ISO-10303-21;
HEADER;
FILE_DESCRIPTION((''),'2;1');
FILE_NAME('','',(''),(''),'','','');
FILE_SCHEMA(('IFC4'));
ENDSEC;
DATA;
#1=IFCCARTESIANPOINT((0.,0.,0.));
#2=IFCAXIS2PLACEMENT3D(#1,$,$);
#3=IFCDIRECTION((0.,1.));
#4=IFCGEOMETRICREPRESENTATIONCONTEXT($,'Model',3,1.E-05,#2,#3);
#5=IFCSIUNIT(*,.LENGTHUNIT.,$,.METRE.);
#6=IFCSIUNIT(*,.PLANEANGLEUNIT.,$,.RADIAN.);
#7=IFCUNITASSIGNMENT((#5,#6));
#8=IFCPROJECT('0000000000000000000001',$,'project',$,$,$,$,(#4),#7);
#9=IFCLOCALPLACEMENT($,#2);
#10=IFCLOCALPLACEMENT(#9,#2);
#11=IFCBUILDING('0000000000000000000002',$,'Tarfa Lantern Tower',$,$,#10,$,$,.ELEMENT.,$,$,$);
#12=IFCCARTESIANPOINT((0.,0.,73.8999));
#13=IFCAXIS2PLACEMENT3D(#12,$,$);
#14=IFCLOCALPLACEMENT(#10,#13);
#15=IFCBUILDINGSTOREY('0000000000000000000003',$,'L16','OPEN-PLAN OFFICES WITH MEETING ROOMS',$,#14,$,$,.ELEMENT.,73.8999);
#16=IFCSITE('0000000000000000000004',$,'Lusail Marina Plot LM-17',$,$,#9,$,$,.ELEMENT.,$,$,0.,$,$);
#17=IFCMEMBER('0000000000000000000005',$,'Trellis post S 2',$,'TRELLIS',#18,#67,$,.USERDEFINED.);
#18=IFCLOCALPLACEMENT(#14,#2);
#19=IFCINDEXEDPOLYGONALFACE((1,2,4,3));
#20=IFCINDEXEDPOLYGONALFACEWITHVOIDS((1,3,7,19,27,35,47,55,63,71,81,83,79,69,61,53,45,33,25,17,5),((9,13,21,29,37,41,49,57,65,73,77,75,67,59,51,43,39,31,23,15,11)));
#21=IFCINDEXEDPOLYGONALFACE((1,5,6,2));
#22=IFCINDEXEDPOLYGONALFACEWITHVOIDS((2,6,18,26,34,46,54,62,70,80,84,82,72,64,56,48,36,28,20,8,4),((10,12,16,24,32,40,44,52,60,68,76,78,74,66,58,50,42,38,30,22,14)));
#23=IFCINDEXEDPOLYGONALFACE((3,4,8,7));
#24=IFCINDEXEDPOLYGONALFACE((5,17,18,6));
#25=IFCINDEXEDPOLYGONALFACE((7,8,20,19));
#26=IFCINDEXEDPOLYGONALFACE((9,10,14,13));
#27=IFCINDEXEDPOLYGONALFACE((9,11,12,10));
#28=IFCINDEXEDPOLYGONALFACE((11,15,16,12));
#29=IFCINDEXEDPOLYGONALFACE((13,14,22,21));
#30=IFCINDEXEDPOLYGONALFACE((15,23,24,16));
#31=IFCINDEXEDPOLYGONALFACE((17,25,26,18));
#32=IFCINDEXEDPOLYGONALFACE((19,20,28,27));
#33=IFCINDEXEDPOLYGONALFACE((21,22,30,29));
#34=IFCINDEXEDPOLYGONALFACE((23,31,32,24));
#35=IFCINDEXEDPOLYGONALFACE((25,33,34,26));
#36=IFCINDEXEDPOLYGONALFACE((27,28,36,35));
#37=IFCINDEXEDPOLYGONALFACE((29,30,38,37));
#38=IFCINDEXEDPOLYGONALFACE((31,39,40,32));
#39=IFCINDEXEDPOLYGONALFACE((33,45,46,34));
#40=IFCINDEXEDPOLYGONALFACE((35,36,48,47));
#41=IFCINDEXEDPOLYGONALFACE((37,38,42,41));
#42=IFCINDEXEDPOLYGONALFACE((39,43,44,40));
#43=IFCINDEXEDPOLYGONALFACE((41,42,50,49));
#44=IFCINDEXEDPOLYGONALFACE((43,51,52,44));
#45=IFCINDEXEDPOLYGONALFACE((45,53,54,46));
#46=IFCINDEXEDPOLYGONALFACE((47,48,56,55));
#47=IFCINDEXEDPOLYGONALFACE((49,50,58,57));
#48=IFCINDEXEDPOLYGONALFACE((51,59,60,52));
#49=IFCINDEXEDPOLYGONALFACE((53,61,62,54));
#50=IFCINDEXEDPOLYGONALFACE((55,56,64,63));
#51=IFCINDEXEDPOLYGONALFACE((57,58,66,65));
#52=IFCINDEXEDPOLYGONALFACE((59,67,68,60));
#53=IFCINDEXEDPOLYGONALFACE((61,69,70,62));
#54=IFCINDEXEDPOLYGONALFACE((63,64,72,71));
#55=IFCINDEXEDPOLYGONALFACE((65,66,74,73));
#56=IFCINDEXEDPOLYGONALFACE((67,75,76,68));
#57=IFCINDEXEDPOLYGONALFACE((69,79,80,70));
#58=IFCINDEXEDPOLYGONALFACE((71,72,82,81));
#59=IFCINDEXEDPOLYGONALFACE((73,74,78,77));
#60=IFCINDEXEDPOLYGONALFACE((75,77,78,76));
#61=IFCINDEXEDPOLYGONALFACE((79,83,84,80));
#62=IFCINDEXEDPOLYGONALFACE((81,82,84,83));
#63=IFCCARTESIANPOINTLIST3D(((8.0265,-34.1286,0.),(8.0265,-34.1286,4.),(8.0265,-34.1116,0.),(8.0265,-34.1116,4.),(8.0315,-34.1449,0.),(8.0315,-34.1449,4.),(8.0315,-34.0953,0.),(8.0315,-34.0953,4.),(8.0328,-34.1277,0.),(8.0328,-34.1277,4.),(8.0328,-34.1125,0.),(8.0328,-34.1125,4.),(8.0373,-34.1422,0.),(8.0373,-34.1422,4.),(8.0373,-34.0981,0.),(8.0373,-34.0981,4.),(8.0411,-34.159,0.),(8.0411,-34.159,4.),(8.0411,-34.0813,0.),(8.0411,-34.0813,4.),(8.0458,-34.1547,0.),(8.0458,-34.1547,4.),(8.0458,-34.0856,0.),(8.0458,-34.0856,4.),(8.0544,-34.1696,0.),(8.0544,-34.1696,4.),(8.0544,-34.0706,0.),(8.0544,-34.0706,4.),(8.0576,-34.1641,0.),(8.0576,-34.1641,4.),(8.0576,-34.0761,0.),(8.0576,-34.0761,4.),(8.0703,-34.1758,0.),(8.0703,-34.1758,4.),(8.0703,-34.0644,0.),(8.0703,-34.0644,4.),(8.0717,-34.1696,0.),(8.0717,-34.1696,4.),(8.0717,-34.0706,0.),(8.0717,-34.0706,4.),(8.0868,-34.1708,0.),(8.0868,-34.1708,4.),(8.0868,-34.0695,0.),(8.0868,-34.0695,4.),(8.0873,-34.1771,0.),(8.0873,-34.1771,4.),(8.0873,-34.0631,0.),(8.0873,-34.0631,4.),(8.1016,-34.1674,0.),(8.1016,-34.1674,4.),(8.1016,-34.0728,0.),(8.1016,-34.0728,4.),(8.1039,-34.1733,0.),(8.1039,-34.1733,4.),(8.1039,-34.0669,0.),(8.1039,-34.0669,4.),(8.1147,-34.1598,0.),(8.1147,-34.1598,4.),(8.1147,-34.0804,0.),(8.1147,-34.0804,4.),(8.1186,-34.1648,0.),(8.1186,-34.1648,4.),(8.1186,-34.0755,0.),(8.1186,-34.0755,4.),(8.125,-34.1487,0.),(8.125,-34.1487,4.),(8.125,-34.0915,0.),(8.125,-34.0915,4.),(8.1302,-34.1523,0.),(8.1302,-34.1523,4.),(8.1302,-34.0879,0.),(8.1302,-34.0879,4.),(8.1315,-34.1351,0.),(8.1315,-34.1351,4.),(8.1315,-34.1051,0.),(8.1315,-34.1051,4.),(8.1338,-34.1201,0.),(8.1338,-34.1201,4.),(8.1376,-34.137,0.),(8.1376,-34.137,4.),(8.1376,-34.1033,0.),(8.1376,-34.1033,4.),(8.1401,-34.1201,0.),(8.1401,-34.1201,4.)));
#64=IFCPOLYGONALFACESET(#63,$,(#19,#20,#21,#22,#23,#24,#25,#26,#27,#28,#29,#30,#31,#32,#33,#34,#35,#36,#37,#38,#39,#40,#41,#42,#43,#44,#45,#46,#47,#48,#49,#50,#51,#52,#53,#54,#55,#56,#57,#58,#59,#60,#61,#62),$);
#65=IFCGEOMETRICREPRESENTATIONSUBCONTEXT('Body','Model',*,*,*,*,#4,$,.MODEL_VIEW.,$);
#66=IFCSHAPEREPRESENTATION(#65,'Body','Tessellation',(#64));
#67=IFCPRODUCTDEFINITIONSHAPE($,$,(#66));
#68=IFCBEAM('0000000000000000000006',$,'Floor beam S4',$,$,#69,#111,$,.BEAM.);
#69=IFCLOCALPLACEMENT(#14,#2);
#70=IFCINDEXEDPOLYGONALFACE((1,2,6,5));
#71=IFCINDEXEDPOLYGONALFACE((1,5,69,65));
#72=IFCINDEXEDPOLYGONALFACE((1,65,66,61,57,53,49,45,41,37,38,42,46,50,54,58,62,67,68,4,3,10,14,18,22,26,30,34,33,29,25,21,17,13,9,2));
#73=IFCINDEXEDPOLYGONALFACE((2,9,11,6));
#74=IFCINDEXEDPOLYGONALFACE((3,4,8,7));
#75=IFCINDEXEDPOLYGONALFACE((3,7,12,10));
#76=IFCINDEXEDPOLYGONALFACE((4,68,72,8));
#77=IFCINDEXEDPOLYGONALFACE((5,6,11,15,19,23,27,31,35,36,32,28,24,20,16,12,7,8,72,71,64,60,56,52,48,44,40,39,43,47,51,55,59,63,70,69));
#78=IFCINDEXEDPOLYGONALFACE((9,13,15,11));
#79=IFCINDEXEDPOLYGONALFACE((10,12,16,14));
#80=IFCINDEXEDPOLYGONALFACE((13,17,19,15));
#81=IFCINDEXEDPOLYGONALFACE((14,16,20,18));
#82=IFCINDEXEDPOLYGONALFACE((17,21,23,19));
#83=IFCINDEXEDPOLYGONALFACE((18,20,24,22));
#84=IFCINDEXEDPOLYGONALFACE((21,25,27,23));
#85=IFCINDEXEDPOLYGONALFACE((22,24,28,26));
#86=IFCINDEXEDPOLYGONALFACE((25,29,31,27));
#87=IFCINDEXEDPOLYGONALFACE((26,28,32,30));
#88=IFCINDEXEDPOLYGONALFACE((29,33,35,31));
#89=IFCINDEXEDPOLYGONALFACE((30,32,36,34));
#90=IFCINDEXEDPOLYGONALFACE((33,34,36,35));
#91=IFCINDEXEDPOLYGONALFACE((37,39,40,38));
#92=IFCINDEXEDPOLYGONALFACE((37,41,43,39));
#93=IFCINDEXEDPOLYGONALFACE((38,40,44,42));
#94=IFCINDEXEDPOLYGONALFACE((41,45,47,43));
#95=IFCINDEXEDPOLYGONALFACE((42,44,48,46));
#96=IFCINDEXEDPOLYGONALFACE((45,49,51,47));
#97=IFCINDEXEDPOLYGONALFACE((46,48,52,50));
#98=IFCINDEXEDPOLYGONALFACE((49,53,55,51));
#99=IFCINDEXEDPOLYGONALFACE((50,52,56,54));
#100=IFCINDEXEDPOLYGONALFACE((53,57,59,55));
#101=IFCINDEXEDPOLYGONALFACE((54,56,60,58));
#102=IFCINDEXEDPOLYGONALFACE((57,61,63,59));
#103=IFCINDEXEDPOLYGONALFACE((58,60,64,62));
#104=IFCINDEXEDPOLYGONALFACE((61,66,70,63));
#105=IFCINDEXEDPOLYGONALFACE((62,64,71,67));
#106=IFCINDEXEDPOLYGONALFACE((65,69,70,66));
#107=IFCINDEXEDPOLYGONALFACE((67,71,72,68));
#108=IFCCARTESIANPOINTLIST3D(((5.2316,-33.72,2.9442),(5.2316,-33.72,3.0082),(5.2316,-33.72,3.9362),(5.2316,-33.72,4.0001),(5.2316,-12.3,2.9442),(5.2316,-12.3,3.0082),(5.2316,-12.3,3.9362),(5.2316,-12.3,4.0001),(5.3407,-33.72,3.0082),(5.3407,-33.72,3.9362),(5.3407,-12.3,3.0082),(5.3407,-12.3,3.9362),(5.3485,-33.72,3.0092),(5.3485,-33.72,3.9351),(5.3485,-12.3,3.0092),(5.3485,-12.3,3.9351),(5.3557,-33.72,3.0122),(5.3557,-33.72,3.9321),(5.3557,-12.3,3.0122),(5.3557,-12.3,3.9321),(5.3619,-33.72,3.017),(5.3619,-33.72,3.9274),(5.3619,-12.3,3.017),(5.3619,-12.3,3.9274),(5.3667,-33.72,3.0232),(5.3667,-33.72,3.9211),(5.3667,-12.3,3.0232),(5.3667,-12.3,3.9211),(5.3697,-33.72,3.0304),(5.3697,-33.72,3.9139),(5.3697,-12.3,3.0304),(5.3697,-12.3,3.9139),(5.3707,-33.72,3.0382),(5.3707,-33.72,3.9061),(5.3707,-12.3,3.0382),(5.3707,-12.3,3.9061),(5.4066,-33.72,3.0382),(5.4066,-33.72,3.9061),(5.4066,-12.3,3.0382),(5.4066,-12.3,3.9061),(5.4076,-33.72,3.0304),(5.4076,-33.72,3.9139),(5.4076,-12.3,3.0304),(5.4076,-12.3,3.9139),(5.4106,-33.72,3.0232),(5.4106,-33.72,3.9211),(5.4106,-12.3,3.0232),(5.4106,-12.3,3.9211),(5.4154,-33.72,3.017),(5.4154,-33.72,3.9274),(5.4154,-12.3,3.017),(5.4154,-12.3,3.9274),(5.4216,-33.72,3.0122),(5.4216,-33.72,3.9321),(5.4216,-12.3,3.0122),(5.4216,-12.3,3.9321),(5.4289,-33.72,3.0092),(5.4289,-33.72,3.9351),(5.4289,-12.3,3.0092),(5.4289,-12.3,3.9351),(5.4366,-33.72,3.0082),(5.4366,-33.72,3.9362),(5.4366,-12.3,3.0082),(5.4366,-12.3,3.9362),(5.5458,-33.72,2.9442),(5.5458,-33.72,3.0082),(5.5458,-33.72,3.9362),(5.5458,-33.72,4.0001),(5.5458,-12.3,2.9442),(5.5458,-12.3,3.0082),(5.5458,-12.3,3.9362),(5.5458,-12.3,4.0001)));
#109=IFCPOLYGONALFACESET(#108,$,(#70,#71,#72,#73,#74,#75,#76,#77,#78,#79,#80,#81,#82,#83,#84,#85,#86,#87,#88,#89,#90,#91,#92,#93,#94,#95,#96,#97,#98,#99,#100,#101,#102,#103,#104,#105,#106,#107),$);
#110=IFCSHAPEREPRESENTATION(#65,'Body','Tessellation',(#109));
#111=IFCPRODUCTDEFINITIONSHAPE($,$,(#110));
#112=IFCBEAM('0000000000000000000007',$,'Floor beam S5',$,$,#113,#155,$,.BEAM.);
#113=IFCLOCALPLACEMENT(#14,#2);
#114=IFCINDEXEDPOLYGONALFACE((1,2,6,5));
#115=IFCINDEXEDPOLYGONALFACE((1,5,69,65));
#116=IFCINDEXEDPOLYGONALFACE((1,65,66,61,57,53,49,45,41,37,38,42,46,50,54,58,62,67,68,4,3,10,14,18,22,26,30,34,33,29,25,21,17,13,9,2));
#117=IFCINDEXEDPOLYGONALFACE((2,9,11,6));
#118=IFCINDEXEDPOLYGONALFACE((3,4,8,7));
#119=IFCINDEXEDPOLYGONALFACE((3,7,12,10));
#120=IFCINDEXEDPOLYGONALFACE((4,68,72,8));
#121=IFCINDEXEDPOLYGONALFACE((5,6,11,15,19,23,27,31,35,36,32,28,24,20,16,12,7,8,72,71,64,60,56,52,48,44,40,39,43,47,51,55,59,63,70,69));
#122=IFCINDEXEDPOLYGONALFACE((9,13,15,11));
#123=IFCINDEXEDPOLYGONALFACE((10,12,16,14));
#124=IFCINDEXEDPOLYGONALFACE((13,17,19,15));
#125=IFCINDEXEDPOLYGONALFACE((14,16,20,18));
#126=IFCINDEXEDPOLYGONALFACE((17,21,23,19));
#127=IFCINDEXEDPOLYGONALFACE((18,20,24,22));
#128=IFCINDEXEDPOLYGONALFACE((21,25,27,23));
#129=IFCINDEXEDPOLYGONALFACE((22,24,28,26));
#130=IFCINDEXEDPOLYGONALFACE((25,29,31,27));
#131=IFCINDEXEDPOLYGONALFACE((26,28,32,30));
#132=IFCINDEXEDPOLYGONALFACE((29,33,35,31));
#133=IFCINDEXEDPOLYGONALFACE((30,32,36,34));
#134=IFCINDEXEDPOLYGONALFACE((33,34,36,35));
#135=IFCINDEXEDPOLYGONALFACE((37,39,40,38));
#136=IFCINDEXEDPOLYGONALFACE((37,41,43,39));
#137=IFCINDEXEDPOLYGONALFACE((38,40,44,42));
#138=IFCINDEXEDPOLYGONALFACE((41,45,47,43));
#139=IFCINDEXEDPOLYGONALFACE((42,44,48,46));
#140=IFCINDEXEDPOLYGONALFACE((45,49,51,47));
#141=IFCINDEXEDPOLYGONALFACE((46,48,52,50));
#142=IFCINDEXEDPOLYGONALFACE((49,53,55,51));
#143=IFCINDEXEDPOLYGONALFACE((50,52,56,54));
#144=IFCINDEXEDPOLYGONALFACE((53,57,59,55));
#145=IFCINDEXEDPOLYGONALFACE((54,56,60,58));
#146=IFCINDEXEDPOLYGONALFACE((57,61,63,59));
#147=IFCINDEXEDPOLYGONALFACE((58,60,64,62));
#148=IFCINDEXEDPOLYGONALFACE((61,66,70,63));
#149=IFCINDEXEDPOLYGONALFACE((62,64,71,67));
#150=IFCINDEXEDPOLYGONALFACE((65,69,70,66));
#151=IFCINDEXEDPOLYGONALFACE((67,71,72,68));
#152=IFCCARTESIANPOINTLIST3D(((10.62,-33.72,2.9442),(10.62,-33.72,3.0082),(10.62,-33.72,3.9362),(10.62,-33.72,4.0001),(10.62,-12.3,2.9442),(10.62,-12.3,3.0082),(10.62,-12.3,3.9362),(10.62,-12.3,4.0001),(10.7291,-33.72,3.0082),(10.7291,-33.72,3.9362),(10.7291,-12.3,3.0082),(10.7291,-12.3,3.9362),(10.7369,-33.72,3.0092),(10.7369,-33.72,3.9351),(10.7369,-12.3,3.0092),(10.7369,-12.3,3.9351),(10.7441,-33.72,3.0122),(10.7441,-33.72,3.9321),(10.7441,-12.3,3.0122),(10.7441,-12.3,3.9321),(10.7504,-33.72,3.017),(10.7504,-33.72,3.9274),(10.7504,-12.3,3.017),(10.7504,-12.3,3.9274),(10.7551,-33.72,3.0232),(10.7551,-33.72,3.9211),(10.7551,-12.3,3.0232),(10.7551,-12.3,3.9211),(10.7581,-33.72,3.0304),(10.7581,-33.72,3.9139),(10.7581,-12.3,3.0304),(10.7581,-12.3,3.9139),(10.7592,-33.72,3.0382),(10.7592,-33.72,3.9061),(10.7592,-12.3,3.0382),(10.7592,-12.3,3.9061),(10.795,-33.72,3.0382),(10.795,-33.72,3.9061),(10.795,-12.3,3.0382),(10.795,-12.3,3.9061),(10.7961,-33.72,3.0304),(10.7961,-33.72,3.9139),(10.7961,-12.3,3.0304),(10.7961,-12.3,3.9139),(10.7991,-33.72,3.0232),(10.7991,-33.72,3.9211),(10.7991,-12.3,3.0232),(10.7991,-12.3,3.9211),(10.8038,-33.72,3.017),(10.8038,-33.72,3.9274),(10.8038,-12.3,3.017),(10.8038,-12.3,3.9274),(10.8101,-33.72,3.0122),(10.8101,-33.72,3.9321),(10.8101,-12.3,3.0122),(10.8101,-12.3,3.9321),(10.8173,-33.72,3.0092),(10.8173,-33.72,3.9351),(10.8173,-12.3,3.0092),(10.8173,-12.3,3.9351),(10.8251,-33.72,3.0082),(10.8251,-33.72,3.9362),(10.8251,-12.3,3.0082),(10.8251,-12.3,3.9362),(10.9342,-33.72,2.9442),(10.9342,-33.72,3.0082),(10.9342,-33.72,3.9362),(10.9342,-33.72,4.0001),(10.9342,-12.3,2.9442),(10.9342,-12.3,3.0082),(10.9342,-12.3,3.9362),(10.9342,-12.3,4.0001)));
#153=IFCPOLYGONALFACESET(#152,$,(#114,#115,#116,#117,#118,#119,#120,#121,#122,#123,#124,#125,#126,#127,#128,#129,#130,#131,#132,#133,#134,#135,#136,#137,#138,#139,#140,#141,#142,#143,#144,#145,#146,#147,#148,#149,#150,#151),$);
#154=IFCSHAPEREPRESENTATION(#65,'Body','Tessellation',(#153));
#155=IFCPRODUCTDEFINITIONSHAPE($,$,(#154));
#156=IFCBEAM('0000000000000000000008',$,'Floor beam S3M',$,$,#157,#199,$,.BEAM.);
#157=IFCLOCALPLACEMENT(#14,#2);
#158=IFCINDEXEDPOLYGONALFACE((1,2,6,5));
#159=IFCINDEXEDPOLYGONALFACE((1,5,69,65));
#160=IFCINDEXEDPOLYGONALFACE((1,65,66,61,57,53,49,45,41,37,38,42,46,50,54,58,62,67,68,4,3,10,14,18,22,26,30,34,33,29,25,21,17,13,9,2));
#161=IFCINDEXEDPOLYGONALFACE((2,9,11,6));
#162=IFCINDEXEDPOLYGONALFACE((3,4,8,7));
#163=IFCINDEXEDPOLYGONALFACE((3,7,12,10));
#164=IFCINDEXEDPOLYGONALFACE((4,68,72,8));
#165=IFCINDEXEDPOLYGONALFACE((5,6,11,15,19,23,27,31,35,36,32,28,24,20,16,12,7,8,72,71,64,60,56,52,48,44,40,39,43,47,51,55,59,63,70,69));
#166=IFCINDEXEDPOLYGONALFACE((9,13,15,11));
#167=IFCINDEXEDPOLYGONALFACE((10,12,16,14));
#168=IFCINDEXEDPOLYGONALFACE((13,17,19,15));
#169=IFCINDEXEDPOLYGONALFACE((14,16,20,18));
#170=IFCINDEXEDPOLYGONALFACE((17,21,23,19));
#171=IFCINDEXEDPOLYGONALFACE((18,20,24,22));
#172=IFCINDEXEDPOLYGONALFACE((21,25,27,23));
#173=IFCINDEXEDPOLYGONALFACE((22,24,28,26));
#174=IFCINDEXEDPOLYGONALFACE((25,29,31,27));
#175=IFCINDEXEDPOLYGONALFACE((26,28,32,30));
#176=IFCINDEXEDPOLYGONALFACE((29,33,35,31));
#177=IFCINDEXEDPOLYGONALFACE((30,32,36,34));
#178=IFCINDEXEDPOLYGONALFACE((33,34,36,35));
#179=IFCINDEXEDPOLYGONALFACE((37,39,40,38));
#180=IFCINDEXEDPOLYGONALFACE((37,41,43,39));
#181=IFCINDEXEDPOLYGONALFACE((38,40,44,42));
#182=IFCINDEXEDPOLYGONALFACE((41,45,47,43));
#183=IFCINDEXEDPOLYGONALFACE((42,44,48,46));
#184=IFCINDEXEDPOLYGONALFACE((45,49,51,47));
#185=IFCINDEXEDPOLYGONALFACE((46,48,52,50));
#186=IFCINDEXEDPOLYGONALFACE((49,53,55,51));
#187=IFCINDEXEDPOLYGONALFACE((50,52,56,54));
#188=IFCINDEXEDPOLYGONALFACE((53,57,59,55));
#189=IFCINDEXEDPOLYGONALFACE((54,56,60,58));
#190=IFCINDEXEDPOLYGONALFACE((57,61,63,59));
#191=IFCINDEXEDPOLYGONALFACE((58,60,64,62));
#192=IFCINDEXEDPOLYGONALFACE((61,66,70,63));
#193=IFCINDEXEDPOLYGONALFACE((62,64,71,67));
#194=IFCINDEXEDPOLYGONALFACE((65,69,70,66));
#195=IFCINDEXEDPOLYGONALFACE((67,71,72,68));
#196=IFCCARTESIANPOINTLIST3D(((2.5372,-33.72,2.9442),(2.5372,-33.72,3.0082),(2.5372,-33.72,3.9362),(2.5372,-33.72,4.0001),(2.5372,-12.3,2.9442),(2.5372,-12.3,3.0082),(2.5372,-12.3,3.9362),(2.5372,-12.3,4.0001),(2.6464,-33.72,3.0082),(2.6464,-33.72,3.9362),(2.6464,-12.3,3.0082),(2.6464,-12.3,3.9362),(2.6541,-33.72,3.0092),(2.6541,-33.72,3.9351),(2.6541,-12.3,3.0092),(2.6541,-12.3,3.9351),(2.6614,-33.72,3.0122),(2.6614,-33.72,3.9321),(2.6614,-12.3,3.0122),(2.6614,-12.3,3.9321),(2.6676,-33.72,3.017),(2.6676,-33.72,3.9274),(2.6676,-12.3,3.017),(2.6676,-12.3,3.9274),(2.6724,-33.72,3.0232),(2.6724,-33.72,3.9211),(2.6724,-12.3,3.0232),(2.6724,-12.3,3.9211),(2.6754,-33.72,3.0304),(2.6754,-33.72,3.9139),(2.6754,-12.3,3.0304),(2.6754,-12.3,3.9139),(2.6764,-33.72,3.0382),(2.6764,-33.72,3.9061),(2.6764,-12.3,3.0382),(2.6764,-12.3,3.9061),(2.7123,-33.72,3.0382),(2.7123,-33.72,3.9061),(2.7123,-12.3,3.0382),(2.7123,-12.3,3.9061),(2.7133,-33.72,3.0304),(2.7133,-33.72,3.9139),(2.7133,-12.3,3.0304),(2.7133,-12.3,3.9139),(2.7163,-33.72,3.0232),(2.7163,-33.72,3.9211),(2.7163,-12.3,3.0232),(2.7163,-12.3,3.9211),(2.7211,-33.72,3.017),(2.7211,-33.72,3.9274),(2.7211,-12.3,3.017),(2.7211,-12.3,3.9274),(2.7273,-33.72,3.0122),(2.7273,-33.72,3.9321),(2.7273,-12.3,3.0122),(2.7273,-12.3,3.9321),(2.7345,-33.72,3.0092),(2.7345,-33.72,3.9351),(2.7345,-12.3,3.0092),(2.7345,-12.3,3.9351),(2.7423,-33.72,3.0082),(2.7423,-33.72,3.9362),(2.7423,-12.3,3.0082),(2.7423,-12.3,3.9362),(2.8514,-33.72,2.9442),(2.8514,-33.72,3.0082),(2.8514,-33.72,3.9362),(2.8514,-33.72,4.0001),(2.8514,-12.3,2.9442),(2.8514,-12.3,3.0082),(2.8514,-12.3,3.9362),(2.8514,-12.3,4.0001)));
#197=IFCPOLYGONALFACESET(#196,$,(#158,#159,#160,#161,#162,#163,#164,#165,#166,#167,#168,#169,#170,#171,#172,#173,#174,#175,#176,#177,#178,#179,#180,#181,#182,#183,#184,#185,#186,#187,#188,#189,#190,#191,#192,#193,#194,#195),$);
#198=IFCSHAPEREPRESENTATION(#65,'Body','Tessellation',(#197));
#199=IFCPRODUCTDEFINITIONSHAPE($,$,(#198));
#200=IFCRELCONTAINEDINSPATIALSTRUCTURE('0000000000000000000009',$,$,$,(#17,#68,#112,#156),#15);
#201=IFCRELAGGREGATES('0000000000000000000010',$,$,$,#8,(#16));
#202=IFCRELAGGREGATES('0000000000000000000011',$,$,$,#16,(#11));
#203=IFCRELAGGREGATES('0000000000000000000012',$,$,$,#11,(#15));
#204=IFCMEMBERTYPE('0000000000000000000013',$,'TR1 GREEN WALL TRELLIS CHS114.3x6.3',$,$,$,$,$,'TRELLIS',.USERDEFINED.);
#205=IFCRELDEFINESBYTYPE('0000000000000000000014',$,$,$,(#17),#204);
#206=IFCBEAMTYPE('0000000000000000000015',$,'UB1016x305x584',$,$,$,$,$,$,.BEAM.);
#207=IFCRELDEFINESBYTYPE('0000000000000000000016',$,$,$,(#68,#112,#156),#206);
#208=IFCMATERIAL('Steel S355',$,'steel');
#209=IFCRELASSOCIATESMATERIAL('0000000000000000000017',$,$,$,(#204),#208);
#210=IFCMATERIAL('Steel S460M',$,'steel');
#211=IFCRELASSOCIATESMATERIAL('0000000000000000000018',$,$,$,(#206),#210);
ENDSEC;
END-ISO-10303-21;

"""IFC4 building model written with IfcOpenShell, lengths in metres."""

from ifc_helpers import new_model, si_unit, direction, frame, origin, origin_2d, place, context, subcontext, project, spatial, hollow_circle, i_section, extrude, material, material_profile, profile_set, type_object, element, save


model = new_model("IFC4")

# Units and contexts
model_context = context("Model", 3, precision=1e-05, world=origin(), true_north=direction((0.0, 1.0)))
body_context = subcontext(model_context, "Body", "Model", "MODEL_VIEW")
ifc_project = project(units=[si_unit("LENGTHUNIT", "METRE"), si_unit("PLANEANGLEUNIT", "RADIAN")], contexts=[model_context])

# Site, building, storey
site_placement = place(None, origin())
site = spatial("IfcSite", under=ifc_project, at=site_placement, Name="Lusail Marina Plot LM-17", CompositionType="ELEMENT", RefElevation=0.0)
building_placement = place(site_placement, origin())
building = spatial("IfcBuilding", under=site, at=building_placement, Name="Tarfa Lantern Tower", CompositionType="ELEMENT")
storey_placement = place(building_placement, frame((0.0, 0.0, 73.8999)))
storey = spatial("IfcBuildingStorey", under=building, at=storey_placement, Name="L16", Description="OPEN-PLAN OFFICES WITH MEETING ROOMS", CompositionType="ELEMENT", Elevation=73.8999)

# Member
ifc_material_1 = material(Name="Steel S355", Category="steel")
ifc_material_profile_1 = material_profile(ifc_material_1, hollow_circle(Radius=0.0571, WallThickness=0.0063, at=origin_2d()), Name="CHS114.3x6.3")
ifc_profile_set_1 = profile_set([ifc_material_profile_1], Name="Steel S355")
member_type_1 = type_object("IfcMemberType", Name="TR1 GREEN WALL TRELLIS CHS114.3x6.3", ElementType="TRELLIS", PredefinedType="USERDEFINED", material=ifc_profile_set_1)
member_1_placement = place(storey_placement, frame((8.083, -34.1201, 0.0), z_axis=(0.0, 0.0, 1.0), x_axis=(1.0, 0.0, 0.0)))
element("IfcMember", 1, at=member_1_placement, inside=storey, type_object=member_type_1, Name="Trellis post S 2", ObjectType="TRELLIS", PredefinedType="USERDEFINED", context=body_context, shape_type="SweptSolid", body=[
    extrude(hollow_circle(Radius=0.0571, WallThickness=0.0063, at=origin_2d()), origin(), (0.0, 0.0, 1.0), 4.0),
])

# Beams
ifc_material_2 = material(Name="Steel S460M", Category="steel")
ifc_material_profile_2 = material_profile(ifc_material_2, i_section(OverallWidth=0.3142, OverallDepth=1.0559, WebThickness=0.0359, FlangeThickness=0.064, FilletRadius=0.03, at=origin_2d()), Name="UB1016x305x584")
ifc_profile_set_2 = profile_set([ifc_material_profile_2], Name="Steel S460M")
beam_type_1 = type_object("IfcBeamType", Name="UB1016x305x584", PredefinedType="BEAM", material=ifc_profile_set_2)
for number, where, z_axis, x_axis, name in (
    (2, (5.3887, -33.72, 3.4722), (0.0, 1.0, 0.0), (-1.0, 0.0, 0.0), "Floor beam S4"),
    (3, (10.7771, -33.72, 3.4722), (0.0, 1.0, 0.0), (-1.0, 0.0, 0.0), "Floor beam S5"),
    (4, (2.6943, -33.72, 3.4722), (0.0, 1.0, 0.0), (-1.0, 0.0, 0.0), "Floor beam S3M"),
):
    element("IfcBeam", number, at=place(storey_placement, frame(where, z_axis=z_axis, x_axis=x_axis)), inside=storey, type_object=beam_type_1, Name=name, PredefinedType="BEAM", context=body_context, shape_type="SweptSolid", body=[
        extrude(i_section(OverallWidth=0.3142, OverallDepth=1.0559, WebThickness=0.0359, FlangeThickness=0.064, FilletRadius=0.03, at=origin_2d()), origin(), (0.0, 0.0, 1.0), 21.4199),
    ])

save(model, "model.ifc")
